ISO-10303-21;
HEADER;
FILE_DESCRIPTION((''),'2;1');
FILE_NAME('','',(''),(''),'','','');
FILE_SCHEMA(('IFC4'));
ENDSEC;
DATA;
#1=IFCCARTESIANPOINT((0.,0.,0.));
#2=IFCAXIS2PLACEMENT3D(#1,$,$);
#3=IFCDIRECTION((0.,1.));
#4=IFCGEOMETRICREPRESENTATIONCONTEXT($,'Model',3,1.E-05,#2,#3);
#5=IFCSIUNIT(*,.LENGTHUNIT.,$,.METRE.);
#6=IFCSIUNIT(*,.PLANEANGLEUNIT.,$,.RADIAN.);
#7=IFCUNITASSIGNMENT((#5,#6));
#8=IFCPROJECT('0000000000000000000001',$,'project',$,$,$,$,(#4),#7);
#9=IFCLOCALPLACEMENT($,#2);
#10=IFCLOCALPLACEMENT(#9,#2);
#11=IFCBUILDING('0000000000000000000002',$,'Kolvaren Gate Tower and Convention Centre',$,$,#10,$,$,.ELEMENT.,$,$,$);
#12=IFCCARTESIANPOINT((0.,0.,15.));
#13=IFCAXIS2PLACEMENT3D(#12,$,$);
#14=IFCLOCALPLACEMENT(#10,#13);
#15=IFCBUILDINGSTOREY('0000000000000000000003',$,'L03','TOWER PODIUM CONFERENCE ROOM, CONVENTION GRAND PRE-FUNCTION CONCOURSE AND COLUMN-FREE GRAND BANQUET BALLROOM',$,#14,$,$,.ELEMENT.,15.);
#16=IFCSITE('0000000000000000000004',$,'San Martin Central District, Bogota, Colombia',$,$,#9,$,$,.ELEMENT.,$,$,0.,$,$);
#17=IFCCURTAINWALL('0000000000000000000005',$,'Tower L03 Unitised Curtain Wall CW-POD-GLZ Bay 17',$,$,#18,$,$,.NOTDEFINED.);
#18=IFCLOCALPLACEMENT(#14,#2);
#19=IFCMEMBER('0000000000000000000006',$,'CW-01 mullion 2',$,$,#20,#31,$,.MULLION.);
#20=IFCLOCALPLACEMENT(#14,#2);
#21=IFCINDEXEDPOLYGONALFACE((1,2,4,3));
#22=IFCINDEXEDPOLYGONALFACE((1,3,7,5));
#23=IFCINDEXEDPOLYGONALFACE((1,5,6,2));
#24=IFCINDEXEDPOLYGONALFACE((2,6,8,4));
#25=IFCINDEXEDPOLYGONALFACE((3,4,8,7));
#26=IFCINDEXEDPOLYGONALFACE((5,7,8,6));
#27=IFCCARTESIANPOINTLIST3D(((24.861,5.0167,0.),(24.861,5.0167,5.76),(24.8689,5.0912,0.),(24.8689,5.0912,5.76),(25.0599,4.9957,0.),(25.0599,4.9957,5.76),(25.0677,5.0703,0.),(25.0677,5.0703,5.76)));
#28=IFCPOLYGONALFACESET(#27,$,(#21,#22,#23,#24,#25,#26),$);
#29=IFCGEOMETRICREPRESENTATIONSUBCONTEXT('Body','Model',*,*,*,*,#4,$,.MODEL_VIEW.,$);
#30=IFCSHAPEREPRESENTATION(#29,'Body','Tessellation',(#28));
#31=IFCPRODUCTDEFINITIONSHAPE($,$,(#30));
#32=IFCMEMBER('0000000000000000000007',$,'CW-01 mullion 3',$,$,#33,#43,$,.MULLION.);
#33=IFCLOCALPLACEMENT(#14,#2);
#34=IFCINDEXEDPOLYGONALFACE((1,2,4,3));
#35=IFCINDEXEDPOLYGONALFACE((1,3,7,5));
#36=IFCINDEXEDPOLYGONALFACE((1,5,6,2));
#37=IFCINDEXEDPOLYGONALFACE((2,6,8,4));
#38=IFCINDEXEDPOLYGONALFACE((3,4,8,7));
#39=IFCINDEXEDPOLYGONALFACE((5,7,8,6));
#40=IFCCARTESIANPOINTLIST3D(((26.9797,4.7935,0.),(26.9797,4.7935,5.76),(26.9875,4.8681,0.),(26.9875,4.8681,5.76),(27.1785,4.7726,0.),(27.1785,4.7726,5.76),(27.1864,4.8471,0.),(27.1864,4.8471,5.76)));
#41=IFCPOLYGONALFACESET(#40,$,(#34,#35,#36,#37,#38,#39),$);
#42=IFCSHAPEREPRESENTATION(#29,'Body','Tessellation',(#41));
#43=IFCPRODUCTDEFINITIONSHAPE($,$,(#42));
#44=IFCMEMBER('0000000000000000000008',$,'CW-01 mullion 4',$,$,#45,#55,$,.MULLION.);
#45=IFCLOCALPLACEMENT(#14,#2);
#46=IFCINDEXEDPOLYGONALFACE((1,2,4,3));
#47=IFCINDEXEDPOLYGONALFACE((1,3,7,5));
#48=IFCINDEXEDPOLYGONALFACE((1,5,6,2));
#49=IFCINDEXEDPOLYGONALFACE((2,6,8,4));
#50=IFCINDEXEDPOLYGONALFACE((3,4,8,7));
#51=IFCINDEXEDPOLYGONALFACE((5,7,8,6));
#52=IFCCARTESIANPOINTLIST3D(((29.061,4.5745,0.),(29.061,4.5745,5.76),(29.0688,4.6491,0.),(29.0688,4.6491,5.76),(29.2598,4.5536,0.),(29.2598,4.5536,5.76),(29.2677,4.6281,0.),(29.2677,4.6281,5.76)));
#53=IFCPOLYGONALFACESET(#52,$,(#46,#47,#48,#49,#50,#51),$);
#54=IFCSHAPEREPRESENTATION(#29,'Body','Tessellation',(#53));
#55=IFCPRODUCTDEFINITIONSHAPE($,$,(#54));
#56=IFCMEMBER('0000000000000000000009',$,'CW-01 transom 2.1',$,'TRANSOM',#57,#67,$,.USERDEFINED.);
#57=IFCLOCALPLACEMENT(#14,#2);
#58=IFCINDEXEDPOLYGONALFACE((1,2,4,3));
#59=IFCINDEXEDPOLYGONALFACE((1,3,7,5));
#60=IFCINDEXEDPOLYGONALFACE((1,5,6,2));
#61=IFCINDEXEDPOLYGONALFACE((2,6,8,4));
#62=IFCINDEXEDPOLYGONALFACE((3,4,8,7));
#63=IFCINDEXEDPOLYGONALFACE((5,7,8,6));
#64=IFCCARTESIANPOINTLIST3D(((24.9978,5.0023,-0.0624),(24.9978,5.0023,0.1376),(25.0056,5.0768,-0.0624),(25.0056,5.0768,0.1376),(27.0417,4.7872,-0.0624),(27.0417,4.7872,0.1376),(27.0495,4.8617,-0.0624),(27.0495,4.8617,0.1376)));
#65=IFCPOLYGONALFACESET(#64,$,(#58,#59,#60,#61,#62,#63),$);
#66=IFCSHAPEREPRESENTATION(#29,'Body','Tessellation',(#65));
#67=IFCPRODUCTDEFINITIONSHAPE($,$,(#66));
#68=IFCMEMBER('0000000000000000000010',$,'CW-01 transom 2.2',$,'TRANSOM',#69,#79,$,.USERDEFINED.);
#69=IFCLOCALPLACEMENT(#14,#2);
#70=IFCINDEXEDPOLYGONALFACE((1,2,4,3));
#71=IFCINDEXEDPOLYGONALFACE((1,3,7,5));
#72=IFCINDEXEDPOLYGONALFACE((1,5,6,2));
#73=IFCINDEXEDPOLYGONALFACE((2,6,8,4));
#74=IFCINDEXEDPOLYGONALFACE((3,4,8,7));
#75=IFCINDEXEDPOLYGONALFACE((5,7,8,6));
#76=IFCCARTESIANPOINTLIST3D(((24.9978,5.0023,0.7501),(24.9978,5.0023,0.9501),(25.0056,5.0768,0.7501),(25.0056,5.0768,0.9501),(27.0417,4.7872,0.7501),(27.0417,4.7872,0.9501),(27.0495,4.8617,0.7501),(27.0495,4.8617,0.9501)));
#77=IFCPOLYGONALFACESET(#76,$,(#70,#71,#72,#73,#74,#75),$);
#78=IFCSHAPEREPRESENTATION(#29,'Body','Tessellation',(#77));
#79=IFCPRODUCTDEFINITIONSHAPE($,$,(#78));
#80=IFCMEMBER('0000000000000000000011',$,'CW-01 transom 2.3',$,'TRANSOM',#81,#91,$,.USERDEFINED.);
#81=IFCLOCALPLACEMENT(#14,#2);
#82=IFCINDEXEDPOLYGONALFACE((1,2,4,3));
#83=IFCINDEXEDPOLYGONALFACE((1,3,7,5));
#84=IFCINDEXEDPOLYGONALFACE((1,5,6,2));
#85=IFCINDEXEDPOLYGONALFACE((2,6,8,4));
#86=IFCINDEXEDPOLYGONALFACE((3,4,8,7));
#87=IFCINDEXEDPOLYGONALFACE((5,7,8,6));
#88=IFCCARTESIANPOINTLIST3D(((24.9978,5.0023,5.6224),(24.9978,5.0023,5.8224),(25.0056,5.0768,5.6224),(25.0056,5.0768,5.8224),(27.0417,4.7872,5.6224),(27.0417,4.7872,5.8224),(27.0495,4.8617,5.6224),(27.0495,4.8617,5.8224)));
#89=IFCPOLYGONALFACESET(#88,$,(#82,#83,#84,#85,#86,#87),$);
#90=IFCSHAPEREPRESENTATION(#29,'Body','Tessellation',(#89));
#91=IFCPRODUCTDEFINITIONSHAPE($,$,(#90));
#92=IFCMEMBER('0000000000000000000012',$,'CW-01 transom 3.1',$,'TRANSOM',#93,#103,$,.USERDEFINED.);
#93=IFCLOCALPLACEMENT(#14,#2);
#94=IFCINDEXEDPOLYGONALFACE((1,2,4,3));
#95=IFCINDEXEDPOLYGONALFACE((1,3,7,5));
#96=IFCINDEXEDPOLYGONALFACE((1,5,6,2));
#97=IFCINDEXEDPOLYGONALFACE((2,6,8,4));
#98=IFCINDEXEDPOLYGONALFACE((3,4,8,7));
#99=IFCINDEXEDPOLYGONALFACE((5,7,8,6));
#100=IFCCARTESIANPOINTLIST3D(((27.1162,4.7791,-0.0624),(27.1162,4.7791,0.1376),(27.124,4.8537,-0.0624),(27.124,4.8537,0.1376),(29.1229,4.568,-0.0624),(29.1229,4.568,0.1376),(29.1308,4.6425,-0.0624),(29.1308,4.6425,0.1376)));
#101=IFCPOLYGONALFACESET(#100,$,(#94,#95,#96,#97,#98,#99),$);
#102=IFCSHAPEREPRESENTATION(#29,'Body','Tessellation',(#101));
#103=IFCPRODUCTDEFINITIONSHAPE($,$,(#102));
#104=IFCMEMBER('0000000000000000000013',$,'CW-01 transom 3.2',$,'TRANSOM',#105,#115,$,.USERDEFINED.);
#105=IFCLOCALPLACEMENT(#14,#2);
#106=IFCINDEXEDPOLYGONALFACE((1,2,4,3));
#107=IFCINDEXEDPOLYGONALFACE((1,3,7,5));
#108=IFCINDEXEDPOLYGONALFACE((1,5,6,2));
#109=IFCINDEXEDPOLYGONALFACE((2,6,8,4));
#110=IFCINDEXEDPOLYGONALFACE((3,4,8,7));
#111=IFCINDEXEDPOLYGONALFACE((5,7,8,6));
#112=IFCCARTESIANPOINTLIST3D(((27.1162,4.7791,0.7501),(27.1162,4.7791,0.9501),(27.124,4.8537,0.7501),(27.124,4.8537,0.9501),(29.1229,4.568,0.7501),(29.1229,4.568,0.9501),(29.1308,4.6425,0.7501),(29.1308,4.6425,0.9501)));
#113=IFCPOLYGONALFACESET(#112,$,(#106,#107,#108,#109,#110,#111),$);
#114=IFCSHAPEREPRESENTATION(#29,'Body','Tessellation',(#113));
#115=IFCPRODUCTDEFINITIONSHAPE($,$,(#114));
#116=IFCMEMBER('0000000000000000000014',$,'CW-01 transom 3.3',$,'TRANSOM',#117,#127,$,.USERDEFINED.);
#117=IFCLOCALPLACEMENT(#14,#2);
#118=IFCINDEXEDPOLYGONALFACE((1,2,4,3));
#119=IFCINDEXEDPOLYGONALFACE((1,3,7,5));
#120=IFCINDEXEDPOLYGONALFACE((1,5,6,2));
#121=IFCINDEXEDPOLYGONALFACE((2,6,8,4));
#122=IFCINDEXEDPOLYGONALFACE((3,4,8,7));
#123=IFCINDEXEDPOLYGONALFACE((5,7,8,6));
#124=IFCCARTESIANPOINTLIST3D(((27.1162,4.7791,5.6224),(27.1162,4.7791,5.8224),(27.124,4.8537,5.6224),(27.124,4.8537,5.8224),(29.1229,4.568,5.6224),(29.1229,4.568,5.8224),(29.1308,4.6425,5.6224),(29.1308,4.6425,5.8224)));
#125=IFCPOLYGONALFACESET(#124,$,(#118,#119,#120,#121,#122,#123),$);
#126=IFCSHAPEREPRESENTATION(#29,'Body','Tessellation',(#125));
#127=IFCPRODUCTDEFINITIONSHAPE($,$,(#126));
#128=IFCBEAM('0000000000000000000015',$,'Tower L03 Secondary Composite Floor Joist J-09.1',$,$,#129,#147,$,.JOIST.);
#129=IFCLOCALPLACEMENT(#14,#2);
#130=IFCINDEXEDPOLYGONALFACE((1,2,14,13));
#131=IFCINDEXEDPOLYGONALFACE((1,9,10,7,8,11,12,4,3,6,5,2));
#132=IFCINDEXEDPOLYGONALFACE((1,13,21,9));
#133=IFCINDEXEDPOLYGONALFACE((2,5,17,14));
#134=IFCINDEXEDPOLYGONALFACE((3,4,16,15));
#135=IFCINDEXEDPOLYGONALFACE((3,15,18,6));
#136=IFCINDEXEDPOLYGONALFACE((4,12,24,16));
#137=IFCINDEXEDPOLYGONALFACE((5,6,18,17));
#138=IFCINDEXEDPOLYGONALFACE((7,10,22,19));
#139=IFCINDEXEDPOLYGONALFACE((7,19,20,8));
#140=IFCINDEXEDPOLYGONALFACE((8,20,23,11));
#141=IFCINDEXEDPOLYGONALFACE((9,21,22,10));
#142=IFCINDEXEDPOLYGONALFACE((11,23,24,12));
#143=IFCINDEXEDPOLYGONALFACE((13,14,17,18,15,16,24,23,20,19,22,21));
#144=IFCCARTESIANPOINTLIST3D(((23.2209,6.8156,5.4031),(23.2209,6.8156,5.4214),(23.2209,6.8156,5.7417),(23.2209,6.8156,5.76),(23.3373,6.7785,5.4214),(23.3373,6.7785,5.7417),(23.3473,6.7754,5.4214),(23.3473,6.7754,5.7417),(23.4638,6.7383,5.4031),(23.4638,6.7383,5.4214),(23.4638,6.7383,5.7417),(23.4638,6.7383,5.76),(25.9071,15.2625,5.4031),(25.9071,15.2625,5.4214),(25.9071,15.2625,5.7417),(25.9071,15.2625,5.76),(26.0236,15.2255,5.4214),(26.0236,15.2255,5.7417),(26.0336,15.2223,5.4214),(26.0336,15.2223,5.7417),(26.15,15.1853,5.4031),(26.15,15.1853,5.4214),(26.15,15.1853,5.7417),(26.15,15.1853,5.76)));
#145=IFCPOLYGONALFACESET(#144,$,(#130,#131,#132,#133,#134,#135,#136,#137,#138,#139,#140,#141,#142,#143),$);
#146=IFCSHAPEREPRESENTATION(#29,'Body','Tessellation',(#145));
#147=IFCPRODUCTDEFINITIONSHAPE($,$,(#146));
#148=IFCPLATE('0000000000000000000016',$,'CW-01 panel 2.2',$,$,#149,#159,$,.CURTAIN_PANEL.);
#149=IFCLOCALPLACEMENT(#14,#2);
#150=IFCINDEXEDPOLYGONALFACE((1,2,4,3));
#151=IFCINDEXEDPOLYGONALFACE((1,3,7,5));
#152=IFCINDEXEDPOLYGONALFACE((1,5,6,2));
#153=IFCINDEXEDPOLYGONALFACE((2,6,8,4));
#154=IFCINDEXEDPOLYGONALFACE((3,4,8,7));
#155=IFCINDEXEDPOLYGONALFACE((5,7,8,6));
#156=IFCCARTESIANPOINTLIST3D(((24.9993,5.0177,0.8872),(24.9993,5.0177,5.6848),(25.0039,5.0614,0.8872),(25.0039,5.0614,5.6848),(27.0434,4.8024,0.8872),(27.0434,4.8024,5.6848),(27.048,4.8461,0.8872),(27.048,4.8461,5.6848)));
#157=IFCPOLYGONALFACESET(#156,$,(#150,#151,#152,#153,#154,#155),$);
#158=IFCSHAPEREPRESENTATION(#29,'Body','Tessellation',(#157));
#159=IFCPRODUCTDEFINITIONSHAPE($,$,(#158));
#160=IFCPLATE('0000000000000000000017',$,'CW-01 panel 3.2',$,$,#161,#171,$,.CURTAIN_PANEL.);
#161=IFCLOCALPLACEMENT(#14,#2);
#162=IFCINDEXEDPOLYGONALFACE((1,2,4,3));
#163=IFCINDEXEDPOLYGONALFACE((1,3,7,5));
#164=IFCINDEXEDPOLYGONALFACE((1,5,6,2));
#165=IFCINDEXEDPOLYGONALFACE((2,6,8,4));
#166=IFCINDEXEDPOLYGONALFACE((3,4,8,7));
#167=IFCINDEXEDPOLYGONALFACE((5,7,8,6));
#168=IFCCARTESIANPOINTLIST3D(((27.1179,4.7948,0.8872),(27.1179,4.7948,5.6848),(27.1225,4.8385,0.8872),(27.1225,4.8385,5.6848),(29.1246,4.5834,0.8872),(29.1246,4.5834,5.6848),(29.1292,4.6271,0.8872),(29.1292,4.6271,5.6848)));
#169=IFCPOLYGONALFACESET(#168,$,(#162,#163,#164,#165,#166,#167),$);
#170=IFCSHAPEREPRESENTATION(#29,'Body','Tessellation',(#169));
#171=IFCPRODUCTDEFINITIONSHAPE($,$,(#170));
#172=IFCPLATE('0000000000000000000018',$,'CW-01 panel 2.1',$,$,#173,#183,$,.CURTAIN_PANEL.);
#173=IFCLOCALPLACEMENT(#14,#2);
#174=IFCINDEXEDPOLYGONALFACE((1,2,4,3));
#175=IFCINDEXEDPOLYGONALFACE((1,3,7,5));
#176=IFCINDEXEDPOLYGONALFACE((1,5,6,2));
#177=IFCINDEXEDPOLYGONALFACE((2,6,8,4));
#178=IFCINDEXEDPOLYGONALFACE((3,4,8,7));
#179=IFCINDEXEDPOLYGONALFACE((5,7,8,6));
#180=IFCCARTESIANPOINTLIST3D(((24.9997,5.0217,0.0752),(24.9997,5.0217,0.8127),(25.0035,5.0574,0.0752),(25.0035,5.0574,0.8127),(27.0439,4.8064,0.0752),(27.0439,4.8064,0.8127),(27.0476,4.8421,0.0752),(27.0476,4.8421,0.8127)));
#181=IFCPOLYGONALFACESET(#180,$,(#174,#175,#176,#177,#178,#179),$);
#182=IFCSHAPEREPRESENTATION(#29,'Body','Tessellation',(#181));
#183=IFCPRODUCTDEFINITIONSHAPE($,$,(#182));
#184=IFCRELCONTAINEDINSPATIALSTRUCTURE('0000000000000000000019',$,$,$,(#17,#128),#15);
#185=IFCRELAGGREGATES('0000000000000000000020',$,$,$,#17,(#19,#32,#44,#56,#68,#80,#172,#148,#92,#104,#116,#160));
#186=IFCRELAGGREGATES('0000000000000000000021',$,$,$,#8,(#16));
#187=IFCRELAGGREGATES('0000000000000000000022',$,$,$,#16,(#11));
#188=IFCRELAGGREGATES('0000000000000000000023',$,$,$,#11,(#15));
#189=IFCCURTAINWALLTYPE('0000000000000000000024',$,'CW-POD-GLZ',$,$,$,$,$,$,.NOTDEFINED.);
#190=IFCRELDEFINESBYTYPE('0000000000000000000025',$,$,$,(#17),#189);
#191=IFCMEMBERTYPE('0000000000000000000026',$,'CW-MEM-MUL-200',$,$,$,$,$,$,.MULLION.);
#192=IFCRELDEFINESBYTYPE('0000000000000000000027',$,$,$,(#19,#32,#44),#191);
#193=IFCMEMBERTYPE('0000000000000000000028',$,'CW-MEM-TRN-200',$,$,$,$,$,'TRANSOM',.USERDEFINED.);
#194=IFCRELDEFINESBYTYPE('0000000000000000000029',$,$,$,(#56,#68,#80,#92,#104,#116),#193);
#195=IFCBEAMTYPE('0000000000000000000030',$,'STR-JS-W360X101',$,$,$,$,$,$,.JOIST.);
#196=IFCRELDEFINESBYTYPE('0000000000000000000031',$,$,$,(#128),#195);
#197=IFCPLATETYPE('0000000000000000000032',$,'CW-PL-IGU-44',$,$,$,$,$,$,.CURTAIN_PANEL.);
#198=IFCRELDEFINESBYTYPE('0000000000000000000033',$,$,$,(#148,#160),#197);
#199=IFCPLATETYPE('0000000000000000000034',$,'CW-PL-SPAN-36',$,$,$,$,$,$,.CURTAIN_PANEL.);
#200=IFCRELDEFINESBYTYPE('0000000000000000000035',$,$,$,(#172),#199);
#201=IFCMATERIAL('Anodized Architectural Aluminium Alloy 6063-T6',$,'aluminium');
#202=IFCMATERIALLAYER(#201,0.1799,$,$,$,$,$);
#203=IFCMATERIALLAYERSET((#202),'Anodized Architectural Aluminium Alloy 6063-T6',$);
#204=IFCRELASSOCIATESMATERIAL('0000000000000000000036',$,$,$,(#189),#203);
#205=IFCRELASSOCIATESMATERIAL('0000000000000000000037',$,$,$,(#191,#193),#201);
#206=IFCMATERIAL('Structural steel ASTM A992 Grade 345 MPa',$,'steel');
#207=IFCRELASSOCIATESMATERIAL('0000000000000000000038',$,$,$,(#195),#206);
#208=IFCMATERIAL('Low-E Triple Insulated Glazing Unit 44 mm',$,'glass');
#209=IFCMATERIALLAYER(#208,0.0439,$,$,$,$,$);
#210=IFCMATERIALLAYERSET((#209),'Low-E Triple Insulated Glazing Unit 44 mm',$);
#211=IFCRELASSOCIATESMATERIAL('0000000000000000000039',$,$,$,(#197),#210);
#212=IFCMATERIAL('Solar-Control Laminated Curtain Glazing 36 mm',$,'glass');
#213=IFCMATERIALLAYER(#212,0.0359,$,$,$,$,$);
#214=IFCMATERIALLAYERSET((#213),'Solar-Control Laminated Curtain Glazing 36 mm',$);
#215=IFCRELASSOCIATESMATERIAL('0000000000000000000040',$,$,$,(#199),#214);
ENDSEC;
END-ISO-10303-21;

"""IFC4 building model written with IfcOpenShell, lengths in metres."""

from ifc_helpers import new_model, si_unit, direction, frame, origin, origin_2d, place, context, subcontext, project, spatial, rectangle, i_section, extrude, material, layer, layer_set, material_profile, profile_set, type_object, element, aggregate, save


model = new_model("IFC4")

# Units and contexts
model_context = context("Model", 3, precision=1e-05, world=origin(), true_north=direction((0.0, 1.0)))
body_context = subcontext(model_context, "Body", "Model", "MODEL_VIEW")
ifc_project = project(units=[si_unit("LENGTHUNIT", "METRE"), si_unit("PLANEANGLEUNIT", "RADIAN")], contexts=[model_context])

# Site, building, storey
site_placement = place(None, origin())
site = spatial("IfcSite", under=ifc_project, at=site_placement, Name="San Martin Central District, Bogota, Colombia", CompositionType="ELEMENT", RefElevation=0.0)
building_placement = place(site_placement, origin())
building = spatial("IfcBuilding", under=site, at=building_placement, Name="Kolvaren Gate Tower and Convention Centre", CompositionType="ELEMENT")
storey_placement = place(building_placement, frame((0.0, 0.0, 15.0)))
storey = spatial("IfcBuildingStorey", under=building, at=storey_placement, Name="L03", Description="TOWER PODIUM CONFERENCE ROOM, CONVENTION GRAND PRE-FUNCTION CONCOURSE AND COLUMN-FREE GRAND BANQUET BALLROOM", CompositionType="ELEMENT", Elevation=15.0)

# Curtain wall, members
ifc_material_1 = material(Name="Anodized Architectural Aluminium Alloy 6063-T6", Category="aluminium")
ifc_layer_1 = layer(ifc_material_1, 0.1799)
ifc_layer_set_1 = layer_set([ifc_layer_1], Name="Anodized Architectural Aluminium Alloy 6063-T6")
curtain_wall_type = type_object("IfcCurtainWallType", Name="CW-POD-GLZ", PredefinedType="NOTDEFINED", material=ifc_layer_set_1)
curtain_wall_placement = place(storey_placement, origin())
curtain_wall = element("IfcCurtainWall", 1, at=curtain_wall_placement, inside=storey, type_object=curtain_wall_type, Name="Tower L03 Unitised Curtain Wall CW-POD-GLZ Bay 17", PredefinedType="NOTDEFINED")
ifc_material_profile_1 = material_profile(ifc_material_1, rectangle(XDim=0.075, YDim=0.2, at=origin_2d()), Name="CW-MEM-MUL-200")
ifc_profile_set_1 = profile_set([ifc_material_profile_1], Name="Anodized Architectural Aluminium Alloy 6063-T6")
member_type_1 = type_object("IfcMemberType", Name="CW-MEM-MUL-200", PredefinedType="MULLION", material=ifc_profile_set_1)
member_1_placement = place(storey_placement, frame((24.9644, 5.0435, 0.0), z_axis=(0.0, 0.0, 1.0), x_axis=(0.104742, 0.994499, 0.0)))
member_1 = element("IfcMember", 2, at=member_1_placement, type_object=member_type_1, Name="CW-01 mullion 2", PredefinedType="MULLION", context=body_context, shape_type="SweptSolid", body=[
    extrude(rectangle(XDim=0.075, YDim=0.2, at=origin_2d()), origin(), (0.0, 0.0, 1.0), 5.76),
])
member_2_placement = place(storey_placement, frame((27.083, 4.8203, 0.0), z_axis=(0.0, 0.0, 1.0), x_axis=(0.104742, 0.994499, 0.0)))
member_2 = element("IfcMember", 3, at=member_2_placement, type_object=member_type_1, Name="CW-01 mullion 3", PredefinedType="MULLION", context=body_context, shape_type="SweptSolid", body=[
    extrude(rectangle(XDim=0.075, YDim=0.2, at=origin_2d()), origin(), (0.0, 0.0, 1.0), 5.76),
])
member_3_placement = place(storey_placement, frame((29.1643, 4.6013, 0.0), z_axis=(0.0, 0.0, 1.0), x_axis=(0.104742, 0.994499, 0.0)))
member_3 = element("IfcMember", 4, at=member_3_placement, type_object=member_type_1, Name="CW-01 mullion 4", PredefinedType="MULLION", context=body_context, shape_type="SweptSolid", body=[
    extrude(rectangle(XDim=0.075, YDim=0.2, at=origin_2d()), origin(), (0.0, 0.0, 1.0), 5.76),
])
ifc_material_profile_2 = material_profile(ifc_material_1, rectangle(XDim=0.075, YDim=0.2, at=origin_2d()), Name="CW-MEM-TRN-200")
ifc_profile_set_2 = profile_set([ifc_material_profile_2], Name="Anodized Architectural Aluminium Alloy 6063-T6")
member_type_2 = type_object("IfcMemberType", Name="CW-MEM-TRN-200", ElementType="TRANSOM", PredefinedType="USERDEFINED", material=ifc_profile_set_2)
member_4_placement = place(storey_placement, frame((25.0017, 5.0396, 0.0376), z_axis=(0.994509, -0.104654, 0.0), x_axis=(0.104654, 0.994509, 0.0)))
member_4 = element("IfcMember", 5, at=member_4_placement, type_object=member_type_2, Name="CW-01 transom 2.1", ObjectType="TRANSOM", PredefinedType="USERDEFINED", context=body_context, shape_type="SweptSolid", body=[
    extrude(rectangle(XDim=0.075, YDim=0.2, at=origin_2d()), origin(), (0.0, 0.0, 1.0), 2.0552),
])
member_5_placement = place(storey_placement, frame((25.0017, 5.0396, 0.8501), z_axis=(0.994509, -0.104654, 0.0), x_axis=(0.104654, 0.994509, 0.0)))
member_5 = element("IfcMember", 6, at=member_5_placement, type_object=member_type_2, Name="CW-01 transom 2.2", ObjectType="TRANSOM", PredefinedType="USERDEFINED", context=body_context, shape_type="SweptSolid", body=[
    extrude(rectangle(XDim=0.075, YDim=0.2, at=origin_2d()), origin(), (0.0, 0.0, 1.0), 2.0552),
])
member_6_placement = place(storey_placement, frame((25.0017, 5.0396, 5.7224), z_axis=(0.994509, -0.104654, 0.0), x_axis=(0.104654, 0.994509, 0.0)))
member_6 = element("IfcMember", 7, at=member_6_placement, type_object=member_type_2, Name="CW-01 transom 2.3", ObjectType="TRANSOM", PredefinedType="USERDEFINED", context=body_context, shape_type="SweptSolid", body=[
    extrude(rectangle(XDim=0.075, YDim=0.2, at=origin_2d()), origin(), (0.0, 0.0, 1.0), 2.0552),
])
member_7_placement = place(storey_placement, frame((27.1201, 4.8164, 0.0376), z_axis=(0.994509, -0.104653, 0.0), x_axis=(0.104653, 0.994509, 0.0)))
member_7 = element("IfcMember", 8, at=member_7_placement, type_object=member_type_2, Name="CW-01 transom 3.1", ObjectType="TRANSOM", PredefinedType="USERDEFINED", context=body_context, shape_type="SweptSolid", body=[
    extrude(rectangle(XDim=0.075, YDim=0.2, at=origin_2d()), origin(), (0.0, 0.0, 1.0), 2.0178),
])
member_8_placement = place(storey_placement, frame((27.1201, 4.8164, 0.8501), z_axis=(0.994509, -0.104653, 0.0), x_axis=(0.104653, 0.994509, 0.0)))
member_8 = element("IfcMember", 9, at=member_8_placement, type_object=member_type_2, Name="CW-01 transom 3.2", ObjectType="TRANSOM", PredefinedType="USERDEFINED", context=body_context, shape_type="SweptSolid", body=[
    extrude(rectangle(XDim=0.075, YDim=0.2, at=origin_2d()), origin(), (0.0, 0.0, 1.0), 2.0178),
])
member_9_placement = place(storey_placement, frame((27.1201, 4.8164, 5.7224), z_axis=(0.994509, -0.104653, 0.0), x_axis=(0.104653, 0.994509, 0.0)))
member_9 = element("IfcMember", 10, at=member_9_placement, type_object=member_type_2, Name="CW-01 transom 3.3", ObjectType="TRANSOM", PredefinedType="USERDEFINED", context=body_context, shape_type="SweptSolid", body=[
    extrude(rectangle(XDim=0.075, YDim=0.2, at=origin_2d()), origin(), (0.0, 0.0, 1.0), 2.0178),
])

# Beam
ifc_material_2 = material(Name="Structural steel ASTM A992 Grade 345 MPa", Category="steel")
ifc_material_profile_3 = material_profile(ifc_material_2, i_section(OverallWidth=0.2549, OverallDepth=0.3569, WebThickness=0.0105, FlangeThickness=0.0183, at=origin_2d()), Name="W360X101")
ifc_profile_set_3 = profile_set([ifc_material_profile_3], Name="Structural steel ASTM A992 Grade 345 MPa")
beam_type = type_object("IfcBeamType", Name="STR-JS-W360X101", PredefinedType="JOIST", material=ifc_profile_set_3)
beam_placement = place(storey_placement, frame((26.0286, 15.2239, 5.5815), z_axis=(-0.303059, -0.952972, 0.0), x_axis=(0.952972, -0.303059, 0.0)))
element("IfcBeam", 11, at=beam_placement, inside=storey, type_object=beam_type, Name="Tower L03 Secondary Composite Floor Joist J-09.1", PredefinedType="JOIST", context=body_context, shape_type="SweptSolid", body=[
    extrude(i_section(OverallWidth=0.2549, OverallDepth=0.3569, WebThickness=0.0105, FlangeThickness=0.0183, at=origin_2d()), origin(), (0.0, 0.0, 1.0), 8.8638),
])

# Plates
ifc_material_3 = material(Name="Low-E Triple Insulated Glazing Unit 44 mm", Category="glass")
ifc_layer_2 = layer(ifc_material_3, 0.0439)
ifc_layer_set_2 = layer_set([ifc_layer_2], Name="Low-E Triple Insulated Glazing Unit 44 mm")
plate_type_1 = type_object("IfcPlateType", Name="CW-PL-IGU-44", PredefinedType="CURTAIN_PANEL", material=ifc_layer_set_2)
plate_1_placement = place(storey_placement, frame((26.0237, 4.9319, 0.8872), z_axis=(0.0, 0.0, 1.0), x_axis=(0.994499, -0.104742, 0.0)))
plate_1 = element("IfcPlate", 12, at=plate_1_placement, type_object=plate_type_1, Name="CW-01 panel 2.2", PredefinedType="CURTAIN_PANEL", context=body_context, shape_type="SweptSolid", body=[
    extrude(rectangle(XDim=2.0554, YDim=0.0439, at=origin_2d()), origin(), (0.0, 0.0, 1.0), 4.7976),
])
plate_2_placement = place(storey_placement, frame((28.1235, 4.7109, 0.8872), z_axis=(0.0, 0.0, 1.0), x_axis=(0.994499, -0.104742, 0.0)))
plate_2 = element("IfcPlate", 13, at=plate_2_placement, type_object=plate_type_1, Name="CW-01 panel 3.2", PredefinedType="CURTAIN_PANEL", context=body_context, shape_type="SweptSolid", body=[
    extrude(rectangle(XDim=2.0178, YDim=0.0439, at=origin_2d()), origin(), (0.0, 0.0, 1.0), 4.7976),
])
ifc_material_4 = material(Name="Solar-Control Laminated Curtain Glazing 36 mm", Category="glass")
ifc_layer_3 = layer(ifc_material_4, 0.0359)
ifc_layer_set_3 = layer_set([ifc_layer_3], Name="Solar-Control Laminated Curtain Glazing 36 mm")
plate_type_2 = type_object("IfcPlateType", Name="CW-PL-SPAN-36", PredefinedType="CURTAIN_PANEL", material=ifc_layer_set_3)
plate_3_placement = place(storey_placement, frame((26.0237, 4.9319, 0.0752), z_axis=(0.0, 0.0, 1.0), x_axis=(0.994499, -0.104742, 0.0)))
plate_3 = element("IfcPlate", 14, at=plate_3_placement, type_object=plate_type_2, Name="CW-01 panel 2.1", PredefinedType="CURTAIN_PANEL", context=body_context, shape_type="SweptSolid", body=[
    extrude(rectangle(XDim=2.0554, YDim=0.0359, at=origin_2d()), origin(), (0.0, 0.0, 1.0), 0.7375),
])
aggregate(curtain_wall, [member_1, member_2, member_3, member_4, member_5, member_6, plate_3, plate_1, member_7, member_8, member_9, plate_2])

save(model, "model.ifc")
